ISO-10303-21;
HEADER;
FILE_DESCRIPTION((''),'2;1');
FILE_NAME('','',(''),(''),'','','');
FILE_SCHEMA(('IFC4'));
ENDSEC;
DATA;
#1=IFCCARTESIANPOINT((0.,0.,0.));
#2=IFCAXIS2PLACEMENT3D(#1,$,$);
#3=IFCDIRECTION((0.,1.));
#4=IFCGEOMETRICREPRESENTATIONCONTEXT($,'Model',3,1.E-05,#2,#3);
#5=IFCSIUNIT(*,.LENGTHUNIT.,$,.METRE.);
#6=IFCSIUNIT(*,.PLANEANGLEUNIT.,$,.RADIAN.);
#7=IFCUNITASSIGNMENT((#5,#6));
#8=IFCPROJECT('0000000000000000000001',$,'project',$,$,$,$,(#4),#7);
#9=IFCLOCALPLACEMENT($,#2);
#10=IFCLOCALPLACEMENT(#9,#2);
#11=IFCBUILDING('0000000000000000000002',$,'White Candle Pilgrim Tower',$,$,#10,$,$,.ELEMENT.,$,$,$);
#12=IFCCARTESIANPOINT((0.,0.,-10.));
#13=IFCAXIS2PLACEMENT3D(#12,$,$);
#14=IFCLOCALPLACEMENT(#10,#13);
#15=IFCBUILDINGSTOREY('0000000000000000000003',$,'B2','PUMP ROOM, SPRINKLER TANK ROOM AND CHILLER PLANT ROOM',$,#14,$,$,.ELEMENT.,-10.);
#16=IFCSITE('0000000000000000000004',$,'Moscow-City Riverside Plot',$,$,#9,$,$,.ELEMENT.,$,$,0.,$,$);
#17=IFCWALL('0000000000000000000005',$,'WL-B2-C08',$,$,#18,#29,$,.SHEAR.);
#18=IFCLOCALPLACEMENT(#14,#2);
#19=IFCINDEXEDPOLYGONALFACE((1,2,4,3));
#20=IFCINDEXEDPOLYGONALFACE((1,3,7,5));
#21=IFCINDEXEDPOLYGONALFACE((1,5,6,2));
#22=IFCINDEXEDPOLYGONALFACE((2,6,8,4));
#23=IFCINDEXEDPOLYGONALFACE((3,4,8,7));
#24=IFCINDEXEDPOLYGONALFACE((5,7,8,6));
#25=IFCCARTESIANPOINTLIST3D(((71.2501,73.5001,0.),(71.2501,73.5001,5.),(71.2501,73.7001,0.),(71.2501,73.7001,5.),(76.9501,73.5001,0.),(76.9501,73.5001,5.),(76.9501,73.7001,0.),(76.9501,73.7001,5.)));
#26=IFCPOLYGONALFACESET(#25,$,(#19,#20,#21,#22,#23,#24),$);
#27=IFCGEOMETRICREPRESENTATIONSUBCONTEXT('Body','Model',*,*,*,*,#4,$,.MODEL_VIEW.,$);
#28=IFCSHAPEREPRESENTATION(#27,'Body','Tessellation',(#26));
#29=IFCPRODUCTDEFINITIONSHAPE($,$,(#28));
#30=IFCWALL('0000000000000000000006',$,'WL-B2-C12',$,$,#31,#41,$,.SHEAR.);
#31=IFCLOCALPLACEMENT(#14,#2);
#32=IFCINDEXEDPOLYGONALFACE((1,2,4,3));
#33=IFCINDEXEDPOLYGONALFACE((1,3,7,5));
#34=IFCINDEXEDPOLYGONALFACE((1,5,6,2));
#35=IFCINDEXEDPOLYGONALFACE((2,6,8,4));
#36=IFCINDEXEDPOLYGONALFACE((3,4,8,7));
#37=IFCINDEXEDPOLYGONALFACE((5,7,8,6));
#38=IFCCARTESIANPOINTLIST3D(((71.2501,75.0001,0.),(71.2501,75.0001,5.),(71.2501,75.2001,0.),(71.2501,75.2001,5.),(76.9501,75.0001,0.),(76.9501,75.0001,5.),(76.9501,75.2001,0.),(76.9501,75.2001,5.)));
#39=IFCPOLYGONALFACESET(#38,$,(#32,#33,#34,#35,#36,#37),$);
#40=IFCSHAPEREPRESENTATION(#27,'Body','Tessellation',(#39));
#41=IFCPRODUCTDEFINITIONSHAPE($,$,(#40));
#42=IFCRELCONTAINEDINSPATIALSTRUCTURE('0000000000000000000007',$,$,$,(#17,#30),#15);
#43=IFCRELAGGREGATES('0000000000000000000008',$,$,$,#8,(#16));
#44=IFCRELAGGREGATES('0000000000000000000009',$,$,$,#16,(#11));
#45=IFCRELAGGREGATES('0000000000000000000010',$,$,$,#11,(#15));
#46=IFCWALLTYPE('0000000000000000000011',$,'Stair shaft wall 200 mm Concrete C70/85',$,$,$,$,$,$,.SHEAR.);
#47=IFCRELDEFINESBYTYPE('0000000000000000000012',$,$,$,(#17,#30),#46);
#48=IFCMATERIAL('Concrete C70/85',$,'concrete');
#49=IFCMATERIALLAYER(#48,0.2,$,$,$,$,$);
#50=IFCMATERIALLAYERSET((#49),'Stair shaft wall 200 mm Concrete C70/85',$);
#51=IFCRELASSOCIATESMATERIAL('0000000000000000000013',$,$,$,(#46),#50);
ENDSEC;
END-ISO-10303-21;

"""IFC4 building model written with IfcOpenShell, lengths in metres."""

from ifc_helpers import new_model, si_unit, direction, frame, frame_2d, origin, place, context, subcontext, project, spatial, rectangle, extrude, material, layer, layer_set, type_object, element, save


model = new_model("IFC4")

# Units and contexts
model_context = context("Model", 3, precision=1e-05, world=origin(), true_north=direction((0.0, 1.0)))
body_context = subcontext(model_context, "Body", "Model", "MODEL_VIEW")
ifc_project = project(units=[si_unit("LENGTHUNIT", "METRE"), si_unit("PLANEANGLEUNIT", "RADIAN")], contexts=[model_context])

# Site, building, storey
site_placement = place(None, origin())
site = spatial("IfcSite", under=ifc_project, at=site_placement, Name="Moscow-City Riverside Plot", CompositionType="ELEMENT", RefElevation=0.0)
building_placement = place(site_placement, origin())
building = spatial("IfcBuilding", under=site, at=building_placement, Name="White Candle Pilgrim Tower", CompositionType="ELEMENT")
storey_placement = place(building_placement, frame((0.0, 0.0, -10.0)))
storey = spatial("IfcBuildingStorey", under=building, at=storey_placement, Name="B2", Description="PUMP ROOM, SPRINKLER TANK ROOM AND CHILLER PLANT ROOM", CompositionType="ELEMENT", Elevation=-10.0)

# Walls
ifc_material_1 = material(Name="Concrete C70/85", Category="concrete")
ifc_layer_1 = layer(ifc_material_1, 0.2)
ifc_layer_set_1 = layer_set([ifc_layer_1], Name="Stair shaft wall 200 mm Concrete C70/85")
wall_type_1 = type_object("IfcWallType", Name="Stair shaft wall 200 mm Concrete C70/85", PredefinedType="SHEAR", material=ifc_layer_set_1)
for number, where, z_axis, x_axis, name in (
    (1, (71.25, 73.6001, 0.0), (0.0, 0.0, 1.0), (1.0, 0.0, 0.0), "WL-B2-C08"),
    (2, (71.25, 75.1001, 0.0), (0.0, 0.0, 1.0), (1.0, 0.0, 0.0), "WL-B2-C12"),
):
    element("IfcWall", number, at=place(storey_placement, frame(where, z_axis=z_axis, x_axis=x_axis)), inside=storey, type_object=wall_type_1, Name=name, PredefinedType="SHEAR", context=body_context, shape_type="SweptSolid", body=[
        extrude(rectangle(XDim=5.7, YDim=0.2, at=frame_2d((2.8501, 0.0))), origin(), (0.0, 0.0, 1.0), 5.0),
    ])

save(model, "model.ifc")
